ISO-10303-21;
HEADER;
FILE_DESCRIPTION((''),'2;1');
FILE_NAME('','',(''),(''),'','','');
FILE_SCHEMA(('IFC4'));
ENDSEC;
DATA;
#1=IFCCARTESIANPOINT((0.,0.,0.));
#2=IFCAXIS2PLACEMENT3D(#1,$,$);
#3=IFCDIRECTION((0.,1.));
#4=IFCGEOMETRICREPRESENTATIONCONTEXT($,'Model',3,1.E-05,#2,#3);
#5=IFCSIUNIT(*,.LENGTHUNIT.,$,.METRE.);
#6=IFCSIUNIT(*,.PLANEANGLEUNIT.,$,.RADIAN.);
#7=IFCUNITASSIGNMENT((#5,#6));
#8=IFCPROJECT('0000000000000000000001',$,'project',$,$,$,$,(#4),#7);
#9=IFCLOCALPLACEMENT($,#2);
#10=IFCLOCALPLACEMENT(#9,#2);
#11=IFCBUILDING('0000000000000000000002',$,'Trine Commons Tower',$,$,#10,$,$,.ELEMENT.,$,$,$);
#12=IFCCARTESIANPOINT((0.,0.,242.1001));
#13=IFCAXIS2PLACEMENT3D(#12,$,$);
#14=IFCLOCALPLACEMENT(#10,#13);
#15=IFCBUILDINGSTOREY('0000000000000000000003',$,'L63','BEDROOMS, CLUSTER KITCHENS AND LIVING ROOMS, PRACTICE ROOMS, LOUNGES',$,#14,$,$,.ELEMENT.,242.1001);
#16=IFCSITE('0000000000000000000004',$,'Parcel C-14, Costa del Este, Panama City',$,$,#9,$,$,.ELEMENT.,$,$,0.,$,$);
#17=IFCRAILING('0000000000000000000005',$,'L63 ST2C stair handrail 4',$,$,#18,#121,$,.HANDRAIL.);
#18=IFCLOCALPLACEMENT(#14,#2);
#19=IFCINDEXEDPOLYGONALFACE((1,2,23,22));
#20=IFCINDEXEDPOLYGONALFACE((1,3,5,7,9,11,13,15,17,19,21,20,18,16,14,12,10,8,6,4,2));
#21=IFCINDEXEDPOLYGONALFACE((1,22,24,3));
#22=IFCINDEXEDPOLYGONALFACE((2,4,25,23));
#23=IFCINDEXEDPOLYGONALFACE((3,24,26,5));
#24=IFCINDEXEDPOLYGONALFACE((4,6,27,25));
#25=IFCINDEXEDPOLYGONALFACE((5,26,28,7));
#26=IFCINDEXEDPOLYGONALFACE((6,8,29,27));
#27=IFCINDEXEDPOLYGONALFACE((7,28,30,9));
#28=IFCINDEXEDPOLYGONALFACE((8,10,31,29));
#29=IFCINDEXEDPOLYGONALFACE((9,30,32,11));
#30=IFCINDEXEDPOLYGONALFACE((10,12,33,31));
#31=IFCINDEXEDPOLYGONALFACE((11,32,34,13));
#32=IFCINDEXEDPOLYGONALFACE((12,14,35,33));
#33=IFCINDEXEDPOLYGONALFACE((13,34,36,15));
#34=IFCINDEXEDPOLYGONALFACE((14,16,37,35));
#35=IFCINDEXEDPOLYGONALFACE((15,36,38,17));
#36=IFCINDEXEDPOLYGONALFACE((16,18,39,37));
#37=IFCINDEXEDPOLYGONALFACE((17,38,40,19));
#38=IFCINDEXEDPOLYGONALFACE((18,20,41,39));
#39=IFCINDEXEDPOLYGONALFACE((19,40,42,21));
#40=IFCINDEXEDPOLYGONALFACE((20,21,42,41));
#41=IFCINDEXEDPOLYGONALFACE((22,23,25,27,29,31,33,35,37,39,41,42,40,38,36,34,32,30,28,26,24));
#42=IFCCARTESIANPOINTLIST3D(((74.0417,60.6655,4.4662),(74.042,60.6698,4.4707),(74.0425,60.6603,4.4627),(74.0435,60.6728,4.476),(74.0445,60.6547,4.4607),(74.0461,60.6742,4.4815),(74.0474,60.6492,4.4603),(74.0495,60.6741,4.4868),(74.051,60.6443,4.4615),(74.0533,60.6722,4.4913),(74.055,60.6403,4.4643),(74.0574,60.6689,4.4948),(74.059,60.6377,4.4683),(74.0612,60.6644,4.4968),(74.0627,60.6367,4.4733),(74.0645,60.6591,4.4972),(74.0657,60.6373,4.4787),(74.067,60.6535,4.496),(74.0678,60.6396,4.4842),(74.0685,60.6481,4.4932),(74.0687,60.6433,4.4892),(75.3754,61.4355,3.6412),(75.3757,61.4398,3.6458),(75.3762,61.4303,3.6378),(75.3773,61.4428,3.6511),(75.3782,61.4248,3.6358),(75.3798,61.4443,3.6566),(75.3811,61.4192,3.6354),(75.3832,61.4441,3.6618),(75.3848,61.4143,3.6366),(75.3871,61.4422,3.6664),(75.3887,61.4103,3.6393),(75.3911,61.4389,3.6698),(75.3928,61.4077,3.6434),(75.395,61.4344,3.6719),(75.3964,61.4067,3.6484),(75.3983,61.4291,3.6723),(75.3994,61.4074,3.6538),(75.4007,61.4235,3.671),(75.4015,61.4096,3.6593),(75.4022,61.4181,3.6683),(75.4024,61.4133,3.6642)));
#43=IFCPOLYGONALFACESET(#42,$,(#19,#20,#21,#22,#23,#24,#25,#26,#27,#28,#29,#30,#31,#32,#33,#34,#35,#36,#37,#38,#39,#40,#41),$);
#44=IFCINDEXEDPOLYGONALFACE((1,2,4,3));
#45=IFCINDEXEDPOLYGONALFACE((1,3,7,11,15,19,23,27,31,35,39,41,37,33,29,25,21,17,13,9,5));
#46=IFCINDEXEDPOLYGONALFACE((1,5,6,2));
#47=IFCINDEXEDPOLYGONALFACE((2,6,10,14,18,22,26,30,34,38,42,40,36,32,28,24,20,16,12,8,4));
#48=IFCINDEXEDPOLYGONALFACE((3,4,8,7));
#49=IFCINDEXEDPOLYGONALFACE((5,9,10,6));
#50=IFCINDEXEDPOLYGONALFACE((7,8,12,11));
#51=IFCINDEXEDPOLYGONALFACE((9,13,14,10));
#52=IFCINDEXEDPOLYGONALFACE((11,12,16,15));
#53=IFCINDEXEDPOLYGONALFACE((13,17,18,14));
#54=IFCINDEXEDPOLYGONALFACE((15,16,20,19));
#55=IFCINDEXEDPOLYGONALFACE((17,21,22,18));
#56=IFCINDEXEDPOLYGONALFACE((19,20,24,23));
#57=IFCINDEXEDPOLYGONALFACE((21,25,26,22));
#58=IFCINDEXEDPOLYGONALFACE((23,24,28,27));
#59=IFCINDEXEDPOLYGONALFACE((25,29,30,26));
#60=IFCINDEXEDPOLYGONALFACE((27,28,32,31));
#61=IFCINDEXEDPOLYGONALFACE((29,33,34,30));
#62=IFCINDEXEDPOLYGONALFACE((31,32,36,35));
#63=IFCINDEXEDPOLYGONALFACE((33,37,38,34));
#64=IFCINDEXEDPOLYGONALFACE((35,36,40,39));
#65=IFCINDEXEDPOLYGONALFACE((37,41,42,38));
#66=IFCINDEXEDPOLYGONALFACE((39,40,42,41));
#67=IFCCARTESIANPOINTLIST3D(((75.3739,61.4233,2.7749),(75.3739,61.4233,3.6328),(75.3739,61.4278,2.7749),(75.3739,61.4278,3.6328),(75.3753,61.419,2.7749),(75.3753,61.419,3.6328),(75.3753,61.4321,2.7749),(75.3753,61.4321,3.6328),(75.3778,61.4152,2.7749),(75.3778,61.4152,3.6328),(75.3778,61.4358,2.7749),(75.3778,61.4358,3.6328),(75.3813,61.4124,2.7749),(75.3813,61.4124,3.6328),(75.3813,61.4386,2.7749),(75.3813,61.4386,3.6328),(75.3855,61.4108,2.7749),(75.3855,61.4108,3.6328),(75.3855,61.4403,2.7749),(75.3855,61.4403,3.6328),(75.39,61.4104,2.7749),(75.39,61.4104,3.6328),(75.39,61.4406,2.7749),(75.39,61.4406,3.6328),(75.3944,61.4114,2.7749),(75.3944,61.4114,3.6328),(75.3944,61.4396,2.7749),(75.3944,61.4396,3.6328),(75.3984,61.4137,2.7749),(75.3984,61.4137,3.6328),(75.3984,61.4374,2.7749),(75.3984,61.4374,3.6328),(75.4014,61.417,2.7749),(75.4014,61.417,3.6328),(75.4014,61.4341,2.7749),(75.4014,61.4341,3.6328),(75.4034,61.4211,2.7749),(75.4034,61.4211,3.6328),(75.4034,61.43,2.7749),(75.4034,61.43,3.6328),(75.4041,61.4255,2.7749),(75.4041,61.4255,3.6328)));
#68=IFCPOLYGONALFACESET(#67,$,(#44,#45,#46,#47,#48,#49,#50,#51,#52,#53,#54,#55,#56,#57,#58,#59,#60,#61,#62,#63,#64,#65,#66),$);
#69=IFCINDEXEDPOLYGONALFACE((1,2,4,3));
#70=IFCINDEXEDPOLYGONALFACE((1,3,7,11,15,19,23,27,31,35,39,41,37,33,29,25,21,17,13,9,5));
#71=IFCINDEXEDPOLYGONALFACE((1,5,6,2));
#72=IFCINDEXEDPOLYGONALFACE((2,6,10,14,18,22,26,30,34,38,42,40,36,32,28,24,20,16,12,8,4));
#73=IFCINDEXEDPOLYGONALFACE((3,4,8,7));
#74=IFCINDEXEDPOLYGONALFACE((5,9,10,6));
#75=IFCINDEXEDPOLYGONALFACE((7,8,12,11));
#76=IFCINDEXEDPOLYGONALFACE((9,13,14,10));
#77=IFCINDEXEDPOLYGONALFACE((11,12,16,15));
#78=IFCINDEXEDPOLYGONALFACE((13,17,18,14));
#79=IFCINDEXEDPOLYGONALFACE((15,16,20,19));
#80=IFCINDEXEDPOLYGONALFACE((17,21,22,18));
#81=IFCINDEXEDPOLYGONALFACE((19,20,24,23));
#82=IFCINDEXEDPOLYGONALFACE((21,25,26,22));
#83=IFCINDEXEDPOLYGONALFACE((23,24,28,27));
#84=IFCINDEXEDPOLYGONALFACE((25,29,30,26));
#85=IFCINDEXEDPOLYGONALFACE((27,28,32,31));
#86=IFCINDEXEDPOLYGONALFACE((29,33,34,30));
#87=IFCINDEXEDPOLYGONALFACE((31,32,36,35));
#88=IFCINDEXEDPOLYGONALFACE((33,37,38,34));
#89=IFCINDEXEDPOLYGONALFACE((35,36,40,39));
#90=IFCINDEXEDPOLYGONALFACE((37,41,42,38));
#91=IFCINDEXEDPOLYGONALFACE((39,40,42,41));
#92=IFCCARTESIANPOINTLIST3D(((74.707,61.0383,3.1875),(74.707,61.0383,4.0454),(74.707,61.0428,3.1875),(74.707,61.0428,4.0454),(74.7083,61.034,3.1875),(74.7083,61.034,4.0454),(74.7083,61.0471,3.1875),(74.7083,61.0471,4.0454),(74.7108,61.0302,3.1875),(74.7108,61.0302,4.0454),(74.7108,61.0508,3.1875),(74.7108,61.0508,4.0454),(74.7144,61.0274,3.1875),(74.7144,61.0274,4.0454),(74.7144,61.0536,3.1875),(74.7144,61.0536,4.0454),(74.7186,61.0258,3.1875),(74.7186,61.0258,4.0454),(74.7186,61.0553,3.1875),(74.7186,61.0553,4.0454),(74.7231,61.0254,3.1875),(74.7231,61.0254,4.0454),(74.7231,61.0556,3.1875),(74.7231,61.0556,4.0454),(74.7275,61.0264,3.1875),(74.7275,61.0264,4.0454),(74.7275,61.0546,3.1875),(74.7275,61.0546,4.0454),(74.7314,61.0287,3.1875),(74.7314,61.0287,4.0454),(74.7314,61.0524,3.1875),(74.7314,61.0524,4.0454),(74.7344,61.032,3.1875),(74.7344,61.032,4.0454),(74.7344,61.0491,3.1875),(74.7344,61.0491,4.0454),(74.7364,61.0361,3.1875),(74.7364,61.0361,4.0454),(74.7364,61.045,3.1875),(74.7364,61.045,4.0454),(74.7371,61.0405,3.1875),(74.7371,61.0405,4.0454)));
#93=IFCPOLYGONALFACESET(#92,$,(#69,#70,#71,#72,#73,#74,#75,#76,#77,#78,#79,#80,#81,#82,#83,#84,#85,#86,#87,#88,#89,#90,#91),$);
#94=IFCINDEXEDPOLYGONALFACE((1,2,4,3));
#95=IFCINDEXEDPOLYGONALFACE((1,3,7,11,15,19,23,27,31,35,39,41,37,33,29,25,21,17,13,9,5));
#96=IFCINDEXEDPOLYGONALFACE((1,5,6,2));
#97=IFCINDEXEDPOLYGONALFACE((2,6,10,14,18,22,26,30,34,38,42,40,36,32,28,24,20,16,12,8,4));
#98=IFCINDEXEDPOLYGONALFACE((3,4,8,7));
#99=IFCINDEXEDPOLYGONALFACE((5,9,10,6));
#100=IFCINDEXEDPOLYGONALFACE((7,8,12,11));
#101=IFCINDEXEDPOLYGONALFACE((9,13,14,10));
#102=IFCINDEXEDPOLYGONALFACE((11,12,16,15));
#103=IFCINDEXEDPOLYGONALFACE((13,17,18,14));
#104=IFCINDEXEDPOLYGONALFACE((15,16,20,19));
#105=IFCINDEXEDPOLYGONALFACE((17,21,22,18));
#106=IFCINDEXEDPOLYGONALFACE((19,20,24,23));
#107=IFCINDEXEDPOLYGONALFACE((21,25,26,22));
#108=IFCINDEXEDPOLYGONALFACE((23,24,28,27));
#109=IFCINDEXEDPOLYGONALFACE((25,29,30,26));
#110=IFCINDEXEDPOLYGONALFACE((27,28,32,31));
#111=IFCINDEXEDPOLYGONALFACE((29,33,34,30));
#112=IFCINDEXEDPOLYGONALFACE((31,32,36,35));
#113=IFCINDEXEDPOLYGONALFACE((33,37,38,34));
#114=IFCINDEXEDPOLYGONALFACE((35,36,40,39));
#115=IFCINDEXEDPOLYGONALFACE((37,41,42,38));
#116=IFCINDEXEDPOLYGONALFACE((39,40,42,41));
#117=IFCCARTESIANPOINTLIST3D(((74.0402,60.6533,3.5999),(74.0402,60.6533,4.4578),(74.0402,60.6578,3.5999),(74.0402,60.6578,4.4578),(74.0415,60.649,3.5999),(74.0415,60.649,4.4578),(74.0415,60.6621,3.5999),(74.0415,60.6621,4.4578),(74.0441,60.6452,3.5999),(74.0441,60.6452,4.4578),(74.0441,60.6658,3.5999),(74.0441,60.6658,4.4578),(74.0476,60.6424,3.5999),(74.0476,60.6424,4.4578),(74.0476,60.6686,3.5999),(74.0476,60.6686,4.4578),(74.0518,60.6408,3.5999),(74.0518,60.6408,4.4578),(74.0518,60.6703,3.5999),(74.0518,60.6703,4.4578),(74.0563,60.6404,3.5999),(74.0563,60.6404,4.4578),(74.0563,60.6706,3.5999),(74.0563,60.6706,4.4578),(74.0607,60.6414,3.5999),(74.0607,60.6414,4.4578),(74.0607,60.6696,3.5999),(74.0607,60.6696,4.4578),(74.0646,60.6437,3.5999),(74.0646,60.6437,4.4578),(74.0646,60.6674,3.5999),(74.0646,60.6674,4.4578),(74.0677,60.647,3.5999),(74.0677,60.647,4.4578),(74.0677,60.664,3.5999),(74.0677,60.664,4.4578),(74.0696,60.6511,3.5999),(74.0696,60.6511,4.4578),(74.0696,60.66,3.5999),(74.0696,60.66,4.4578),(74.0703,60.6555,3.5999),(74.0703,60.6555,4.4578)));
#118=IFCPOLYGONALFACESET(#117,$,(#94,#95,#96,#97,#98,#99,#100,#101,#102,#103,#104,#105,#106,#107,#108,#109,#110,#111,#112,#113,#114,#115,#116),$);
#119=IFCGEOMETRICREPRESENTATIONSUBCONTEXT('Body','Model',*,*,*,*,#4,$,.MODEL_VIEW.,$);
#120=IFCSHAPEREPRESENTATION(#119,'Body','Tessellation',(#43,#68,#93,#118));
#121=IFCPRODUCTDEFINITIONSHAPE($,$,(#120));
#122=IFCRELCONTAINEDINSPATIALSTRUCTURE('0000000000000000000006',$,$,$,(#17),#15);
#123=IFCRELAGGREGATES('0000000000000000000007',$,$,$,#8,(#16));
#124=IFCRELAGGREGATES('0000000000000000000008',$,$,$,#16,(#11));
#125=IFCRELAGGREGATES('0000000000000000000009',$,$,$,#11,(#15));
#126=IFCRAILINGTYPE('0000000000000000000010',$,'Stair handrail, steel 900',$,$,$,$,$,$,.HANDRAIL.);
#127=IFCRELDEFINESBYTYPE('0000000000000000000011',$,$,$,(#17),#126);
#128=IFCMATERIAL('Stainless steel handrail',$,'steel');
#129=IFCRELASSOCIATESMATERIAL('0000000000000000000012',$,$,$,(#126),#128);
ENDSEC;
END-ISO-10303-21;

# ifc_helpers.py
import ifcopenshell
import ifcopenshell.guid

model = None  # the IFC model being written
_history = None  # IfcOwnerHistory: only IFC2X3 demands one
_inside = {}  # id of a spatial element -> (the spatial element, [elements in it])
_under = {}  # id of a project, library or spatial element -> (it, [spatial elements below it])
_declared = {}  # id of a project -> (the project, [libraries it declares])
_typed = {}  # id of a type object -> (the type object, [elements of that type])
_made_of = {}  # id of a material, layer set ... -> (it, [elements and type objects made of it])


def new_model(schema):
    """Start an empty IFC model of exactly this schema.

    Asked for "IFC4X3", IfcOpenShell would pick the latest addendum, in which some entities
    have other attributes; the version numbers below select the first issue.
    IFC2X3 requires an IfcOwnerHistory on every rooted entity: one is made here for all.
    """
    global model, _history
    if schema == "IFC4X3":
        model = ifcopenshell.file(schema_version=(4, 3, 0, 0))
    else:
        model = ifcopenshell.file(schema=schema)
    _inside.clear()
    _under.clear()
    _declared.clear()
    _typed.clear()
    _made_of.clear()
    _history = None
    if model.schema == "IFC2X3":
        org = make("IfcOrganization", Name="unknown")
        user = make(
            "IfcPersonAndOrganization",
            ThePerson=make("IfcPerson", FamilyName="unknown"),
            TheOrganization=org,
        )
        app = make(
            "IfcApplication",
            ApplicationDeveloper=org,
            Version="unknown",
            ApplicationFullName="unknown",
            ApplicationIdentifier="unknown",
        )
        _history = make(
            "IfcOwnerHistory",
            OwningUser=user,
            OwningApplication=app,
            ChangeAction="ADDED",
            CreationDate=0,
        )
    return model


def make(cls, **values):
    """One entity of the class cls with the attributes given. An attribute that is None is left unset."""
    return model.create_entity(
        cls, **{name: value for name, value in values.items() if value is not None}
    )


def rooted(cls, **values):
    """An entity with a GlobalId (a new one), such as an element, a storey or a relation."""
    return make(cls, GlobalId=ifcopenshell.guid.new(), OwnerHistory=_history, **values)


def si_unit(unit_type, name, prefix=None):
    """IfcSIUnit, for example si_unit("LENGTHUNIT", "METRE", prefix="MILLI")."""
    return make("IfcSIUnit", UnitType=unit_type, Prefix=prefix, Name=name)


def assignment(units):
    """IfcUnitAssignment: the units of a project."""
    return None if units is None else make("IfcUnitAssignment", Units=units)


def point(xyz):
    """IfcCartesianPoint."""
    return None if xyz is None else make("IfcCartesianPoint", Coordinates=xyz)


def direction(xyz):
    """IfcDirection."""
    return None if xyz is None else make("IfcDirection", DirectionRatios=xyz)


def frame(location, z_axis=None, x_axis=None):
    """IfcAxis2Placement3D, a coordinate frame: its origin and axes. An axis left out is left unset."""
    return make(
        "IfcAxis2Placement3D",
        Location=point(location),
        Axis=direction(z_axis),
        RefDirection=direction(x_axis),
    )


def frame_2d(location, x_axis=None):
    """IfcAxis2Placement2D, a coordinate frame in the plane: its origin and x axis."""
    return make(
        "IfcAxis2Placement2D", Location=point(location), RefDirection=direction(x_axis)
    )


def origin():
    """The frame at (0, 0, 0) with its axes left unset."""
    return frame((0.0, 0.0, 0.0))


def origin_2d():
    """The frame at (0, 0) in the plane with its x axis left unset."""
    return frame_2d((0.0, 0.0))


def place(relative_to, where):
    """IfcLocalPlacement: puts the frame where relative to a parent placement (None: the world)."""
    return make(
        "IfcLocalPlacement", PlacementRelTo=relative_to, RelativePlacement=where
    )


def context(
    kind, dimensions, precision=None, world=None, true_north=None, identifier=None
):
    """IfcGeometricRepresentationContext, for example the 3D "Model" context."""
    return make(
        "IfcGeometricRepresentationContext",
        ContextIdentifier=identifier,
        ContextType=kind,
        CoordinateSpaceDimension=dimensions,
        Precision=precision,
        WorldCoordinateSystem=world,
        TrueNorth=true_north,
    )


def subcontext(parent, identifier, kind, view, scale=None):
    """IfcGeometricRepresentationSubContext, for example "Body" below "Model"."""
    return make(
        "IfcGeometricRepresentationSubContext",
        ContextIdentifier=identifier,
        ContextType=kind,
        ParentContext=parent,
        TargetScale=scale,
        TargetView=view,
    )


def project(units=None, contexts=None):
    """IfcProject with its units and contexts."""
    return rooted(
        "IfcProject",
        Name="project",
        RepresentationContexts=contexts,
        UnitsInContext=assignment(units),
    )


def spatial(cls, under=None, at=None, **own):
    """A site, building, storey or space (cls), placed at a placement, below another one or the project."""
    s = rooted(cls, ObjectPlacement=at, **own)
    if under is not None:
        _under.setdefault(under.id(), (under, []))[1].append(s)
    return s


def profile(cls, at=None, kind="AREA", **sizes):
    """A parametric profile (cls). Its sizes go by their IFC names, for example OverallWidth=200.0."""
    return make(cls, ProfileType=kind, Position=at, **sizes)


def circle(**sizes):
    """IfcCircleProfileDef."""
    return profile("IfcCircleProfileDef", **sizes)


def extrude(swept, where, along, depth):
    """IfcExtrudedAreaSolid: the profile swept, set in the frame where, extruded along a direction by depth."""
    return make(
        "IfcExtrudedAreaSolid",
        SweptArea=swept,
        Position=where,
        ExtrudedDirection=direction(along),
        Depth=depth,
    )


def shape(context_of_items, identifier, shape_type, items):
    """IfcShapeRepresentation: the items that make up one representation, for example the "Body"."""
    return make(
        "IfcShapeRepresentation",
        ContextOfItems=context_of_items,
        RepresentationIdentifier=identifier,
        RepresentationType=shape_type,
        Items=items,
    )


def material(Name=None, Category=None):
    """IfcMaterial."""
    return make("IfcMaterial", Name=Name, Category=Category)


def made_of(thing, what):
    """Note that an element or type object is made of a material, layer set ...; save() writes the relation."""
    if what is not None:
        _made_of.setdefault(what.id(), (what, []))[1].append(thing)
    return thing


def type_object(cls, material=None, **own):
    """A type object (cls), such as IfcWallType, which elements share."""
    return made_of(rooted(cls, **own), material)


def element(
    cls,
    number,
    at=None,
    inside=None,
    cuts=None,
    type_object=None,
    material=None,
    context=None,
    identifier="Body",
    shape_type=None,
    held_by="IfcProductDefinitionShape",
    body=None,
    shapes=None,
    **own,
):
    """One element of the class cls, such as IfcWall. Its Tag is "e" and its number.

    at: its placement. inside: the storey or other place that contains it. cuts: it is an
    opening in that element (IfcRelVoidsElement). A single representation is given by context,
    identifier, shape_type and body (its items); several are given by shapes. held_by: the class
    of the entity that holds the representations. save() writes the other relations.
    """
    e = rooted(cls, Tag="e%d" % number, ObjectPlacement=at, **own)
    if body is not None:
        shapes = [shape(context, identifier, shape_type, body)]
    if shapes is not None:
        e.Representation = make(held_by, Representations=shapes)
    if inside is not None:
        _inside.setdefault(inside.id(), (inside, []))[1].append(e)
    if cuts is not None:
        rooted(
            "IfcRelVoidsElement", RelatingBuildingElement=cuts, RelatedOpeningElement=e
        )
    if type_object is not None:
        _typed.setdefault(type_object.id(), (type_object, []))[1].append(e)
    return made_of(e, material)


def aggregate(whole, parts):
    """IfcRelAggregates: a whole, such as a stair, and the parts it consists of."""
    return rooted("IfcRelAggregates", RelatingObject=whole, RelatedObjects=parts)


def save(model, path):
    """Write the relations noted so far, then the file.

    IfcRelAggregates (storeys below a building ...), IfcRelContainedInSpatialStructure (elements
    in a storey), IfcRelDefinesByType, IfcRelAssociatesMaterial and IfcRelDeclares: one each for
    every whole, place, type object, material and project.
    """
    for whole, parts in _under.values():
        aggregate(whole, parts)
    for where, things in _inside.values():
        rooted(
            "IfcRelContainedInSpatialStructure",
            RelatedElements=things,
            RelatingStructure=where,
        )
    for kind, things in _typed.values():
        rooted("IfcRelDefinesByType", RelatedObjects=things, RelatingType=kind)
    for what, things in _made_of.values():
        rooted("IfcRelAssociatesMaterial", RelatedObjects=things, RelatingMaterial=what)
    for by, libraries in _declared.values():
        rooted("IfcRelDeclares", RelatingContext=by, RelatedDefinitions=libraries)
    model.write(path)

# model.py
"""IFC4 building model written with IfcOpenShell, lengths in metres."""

from ifc_helpers import new_model, si_unit, direction, frame, origin, origin_2d, place, context, subcontext, project, spatial, circle, extrude, material, type_object, element, save


model = new_model("IFC4")

# Units and contexts
model_context = context("Model", 3, precision=1e-05, world=origin(), true_north=direction((0.0, 1.0)))
body_context = subcontext(model_context, "Body", "Model", "MODEL_VIEW")
ifc_project = project(units=[si_unit("LENGTHUNIT", "METRE"), si_unit("PLANEANGLEUNIT", "RADIAN")], contexts=[model_context])

# Site, building, storey
site_placement = place(None, origin())
site = spatial("IfcSite", under=ifc_project, at=site_placement, Name="Parcel C-14, Costa del Este, Panama City", CompositionType="ELEMENT", RefElevation=0.0)
building_placement = place(site_placement, origin())
building = spatial("IfcBuilding", under=site, at=building_placement, Name="Trine Commons Tower", CompositionType="ELEMENT")
storey_placement = place(building_placement, frame((0.0, 0.0, 242.1001)))
storey = spatial("IfcBuildingStorey", under=building, at=storey_placement, Name="L63", Description="BEDROOMS, CLUSTER KITCHENS AND LIVING ROOMS, PRACTICE ROOMS, LOUNGES", CompositionType="ELEMENT", Elevation=242.1001)

# Railing
ifc_material_1 = material(Name="Stainless steel handrail", Category="steel")
railing_type_1 = type_object("IfcRailingType", Name="Stair handrail, steel 900", PredefinedType="HANDRAIL", material=ifc_material_1)
for number, where, name in (
    (1, (75.3889, 61.4255, 2.7749), "L63 ST2C stair handrail 4"),
):
    element("IfcRailing", number, at=place(storey_placement, frame(where)), inside=storey, type_object=railing_type_1, Name=name, PredefinedType="HANDRAIL", context=body_context, shape_type="SweptSolid", body=[
        extrude(circle(Radius=0.021, at=origin_2d()), frame((0.0, 0.0, 0.8789), z_axis=(-0.763405, -0.440743, 0.472185), x_axis=(0.499992, -0.86603, 0.0)), (0.0, 0.0, 1.0), 1.7471),
        extrude(circle(Radius=0.0151, at=origin_2d()), origin(), (0.0, 0.0, 1.0), 0.8579),
        extrude(circle(Radius=0.0151, at=origin_2d()), frame((-0.667, -0.385, 0.4126)), (0.0, 0.0, 1.0), 0.8579),
        extrude(circle(Radius=0.0151, at=origin_2d()), frame((-1.3337, -0.77, 0.825)), (0.0, 0.0, 1.0), 0.8579),
    ])

save(model, "model.ifc")
